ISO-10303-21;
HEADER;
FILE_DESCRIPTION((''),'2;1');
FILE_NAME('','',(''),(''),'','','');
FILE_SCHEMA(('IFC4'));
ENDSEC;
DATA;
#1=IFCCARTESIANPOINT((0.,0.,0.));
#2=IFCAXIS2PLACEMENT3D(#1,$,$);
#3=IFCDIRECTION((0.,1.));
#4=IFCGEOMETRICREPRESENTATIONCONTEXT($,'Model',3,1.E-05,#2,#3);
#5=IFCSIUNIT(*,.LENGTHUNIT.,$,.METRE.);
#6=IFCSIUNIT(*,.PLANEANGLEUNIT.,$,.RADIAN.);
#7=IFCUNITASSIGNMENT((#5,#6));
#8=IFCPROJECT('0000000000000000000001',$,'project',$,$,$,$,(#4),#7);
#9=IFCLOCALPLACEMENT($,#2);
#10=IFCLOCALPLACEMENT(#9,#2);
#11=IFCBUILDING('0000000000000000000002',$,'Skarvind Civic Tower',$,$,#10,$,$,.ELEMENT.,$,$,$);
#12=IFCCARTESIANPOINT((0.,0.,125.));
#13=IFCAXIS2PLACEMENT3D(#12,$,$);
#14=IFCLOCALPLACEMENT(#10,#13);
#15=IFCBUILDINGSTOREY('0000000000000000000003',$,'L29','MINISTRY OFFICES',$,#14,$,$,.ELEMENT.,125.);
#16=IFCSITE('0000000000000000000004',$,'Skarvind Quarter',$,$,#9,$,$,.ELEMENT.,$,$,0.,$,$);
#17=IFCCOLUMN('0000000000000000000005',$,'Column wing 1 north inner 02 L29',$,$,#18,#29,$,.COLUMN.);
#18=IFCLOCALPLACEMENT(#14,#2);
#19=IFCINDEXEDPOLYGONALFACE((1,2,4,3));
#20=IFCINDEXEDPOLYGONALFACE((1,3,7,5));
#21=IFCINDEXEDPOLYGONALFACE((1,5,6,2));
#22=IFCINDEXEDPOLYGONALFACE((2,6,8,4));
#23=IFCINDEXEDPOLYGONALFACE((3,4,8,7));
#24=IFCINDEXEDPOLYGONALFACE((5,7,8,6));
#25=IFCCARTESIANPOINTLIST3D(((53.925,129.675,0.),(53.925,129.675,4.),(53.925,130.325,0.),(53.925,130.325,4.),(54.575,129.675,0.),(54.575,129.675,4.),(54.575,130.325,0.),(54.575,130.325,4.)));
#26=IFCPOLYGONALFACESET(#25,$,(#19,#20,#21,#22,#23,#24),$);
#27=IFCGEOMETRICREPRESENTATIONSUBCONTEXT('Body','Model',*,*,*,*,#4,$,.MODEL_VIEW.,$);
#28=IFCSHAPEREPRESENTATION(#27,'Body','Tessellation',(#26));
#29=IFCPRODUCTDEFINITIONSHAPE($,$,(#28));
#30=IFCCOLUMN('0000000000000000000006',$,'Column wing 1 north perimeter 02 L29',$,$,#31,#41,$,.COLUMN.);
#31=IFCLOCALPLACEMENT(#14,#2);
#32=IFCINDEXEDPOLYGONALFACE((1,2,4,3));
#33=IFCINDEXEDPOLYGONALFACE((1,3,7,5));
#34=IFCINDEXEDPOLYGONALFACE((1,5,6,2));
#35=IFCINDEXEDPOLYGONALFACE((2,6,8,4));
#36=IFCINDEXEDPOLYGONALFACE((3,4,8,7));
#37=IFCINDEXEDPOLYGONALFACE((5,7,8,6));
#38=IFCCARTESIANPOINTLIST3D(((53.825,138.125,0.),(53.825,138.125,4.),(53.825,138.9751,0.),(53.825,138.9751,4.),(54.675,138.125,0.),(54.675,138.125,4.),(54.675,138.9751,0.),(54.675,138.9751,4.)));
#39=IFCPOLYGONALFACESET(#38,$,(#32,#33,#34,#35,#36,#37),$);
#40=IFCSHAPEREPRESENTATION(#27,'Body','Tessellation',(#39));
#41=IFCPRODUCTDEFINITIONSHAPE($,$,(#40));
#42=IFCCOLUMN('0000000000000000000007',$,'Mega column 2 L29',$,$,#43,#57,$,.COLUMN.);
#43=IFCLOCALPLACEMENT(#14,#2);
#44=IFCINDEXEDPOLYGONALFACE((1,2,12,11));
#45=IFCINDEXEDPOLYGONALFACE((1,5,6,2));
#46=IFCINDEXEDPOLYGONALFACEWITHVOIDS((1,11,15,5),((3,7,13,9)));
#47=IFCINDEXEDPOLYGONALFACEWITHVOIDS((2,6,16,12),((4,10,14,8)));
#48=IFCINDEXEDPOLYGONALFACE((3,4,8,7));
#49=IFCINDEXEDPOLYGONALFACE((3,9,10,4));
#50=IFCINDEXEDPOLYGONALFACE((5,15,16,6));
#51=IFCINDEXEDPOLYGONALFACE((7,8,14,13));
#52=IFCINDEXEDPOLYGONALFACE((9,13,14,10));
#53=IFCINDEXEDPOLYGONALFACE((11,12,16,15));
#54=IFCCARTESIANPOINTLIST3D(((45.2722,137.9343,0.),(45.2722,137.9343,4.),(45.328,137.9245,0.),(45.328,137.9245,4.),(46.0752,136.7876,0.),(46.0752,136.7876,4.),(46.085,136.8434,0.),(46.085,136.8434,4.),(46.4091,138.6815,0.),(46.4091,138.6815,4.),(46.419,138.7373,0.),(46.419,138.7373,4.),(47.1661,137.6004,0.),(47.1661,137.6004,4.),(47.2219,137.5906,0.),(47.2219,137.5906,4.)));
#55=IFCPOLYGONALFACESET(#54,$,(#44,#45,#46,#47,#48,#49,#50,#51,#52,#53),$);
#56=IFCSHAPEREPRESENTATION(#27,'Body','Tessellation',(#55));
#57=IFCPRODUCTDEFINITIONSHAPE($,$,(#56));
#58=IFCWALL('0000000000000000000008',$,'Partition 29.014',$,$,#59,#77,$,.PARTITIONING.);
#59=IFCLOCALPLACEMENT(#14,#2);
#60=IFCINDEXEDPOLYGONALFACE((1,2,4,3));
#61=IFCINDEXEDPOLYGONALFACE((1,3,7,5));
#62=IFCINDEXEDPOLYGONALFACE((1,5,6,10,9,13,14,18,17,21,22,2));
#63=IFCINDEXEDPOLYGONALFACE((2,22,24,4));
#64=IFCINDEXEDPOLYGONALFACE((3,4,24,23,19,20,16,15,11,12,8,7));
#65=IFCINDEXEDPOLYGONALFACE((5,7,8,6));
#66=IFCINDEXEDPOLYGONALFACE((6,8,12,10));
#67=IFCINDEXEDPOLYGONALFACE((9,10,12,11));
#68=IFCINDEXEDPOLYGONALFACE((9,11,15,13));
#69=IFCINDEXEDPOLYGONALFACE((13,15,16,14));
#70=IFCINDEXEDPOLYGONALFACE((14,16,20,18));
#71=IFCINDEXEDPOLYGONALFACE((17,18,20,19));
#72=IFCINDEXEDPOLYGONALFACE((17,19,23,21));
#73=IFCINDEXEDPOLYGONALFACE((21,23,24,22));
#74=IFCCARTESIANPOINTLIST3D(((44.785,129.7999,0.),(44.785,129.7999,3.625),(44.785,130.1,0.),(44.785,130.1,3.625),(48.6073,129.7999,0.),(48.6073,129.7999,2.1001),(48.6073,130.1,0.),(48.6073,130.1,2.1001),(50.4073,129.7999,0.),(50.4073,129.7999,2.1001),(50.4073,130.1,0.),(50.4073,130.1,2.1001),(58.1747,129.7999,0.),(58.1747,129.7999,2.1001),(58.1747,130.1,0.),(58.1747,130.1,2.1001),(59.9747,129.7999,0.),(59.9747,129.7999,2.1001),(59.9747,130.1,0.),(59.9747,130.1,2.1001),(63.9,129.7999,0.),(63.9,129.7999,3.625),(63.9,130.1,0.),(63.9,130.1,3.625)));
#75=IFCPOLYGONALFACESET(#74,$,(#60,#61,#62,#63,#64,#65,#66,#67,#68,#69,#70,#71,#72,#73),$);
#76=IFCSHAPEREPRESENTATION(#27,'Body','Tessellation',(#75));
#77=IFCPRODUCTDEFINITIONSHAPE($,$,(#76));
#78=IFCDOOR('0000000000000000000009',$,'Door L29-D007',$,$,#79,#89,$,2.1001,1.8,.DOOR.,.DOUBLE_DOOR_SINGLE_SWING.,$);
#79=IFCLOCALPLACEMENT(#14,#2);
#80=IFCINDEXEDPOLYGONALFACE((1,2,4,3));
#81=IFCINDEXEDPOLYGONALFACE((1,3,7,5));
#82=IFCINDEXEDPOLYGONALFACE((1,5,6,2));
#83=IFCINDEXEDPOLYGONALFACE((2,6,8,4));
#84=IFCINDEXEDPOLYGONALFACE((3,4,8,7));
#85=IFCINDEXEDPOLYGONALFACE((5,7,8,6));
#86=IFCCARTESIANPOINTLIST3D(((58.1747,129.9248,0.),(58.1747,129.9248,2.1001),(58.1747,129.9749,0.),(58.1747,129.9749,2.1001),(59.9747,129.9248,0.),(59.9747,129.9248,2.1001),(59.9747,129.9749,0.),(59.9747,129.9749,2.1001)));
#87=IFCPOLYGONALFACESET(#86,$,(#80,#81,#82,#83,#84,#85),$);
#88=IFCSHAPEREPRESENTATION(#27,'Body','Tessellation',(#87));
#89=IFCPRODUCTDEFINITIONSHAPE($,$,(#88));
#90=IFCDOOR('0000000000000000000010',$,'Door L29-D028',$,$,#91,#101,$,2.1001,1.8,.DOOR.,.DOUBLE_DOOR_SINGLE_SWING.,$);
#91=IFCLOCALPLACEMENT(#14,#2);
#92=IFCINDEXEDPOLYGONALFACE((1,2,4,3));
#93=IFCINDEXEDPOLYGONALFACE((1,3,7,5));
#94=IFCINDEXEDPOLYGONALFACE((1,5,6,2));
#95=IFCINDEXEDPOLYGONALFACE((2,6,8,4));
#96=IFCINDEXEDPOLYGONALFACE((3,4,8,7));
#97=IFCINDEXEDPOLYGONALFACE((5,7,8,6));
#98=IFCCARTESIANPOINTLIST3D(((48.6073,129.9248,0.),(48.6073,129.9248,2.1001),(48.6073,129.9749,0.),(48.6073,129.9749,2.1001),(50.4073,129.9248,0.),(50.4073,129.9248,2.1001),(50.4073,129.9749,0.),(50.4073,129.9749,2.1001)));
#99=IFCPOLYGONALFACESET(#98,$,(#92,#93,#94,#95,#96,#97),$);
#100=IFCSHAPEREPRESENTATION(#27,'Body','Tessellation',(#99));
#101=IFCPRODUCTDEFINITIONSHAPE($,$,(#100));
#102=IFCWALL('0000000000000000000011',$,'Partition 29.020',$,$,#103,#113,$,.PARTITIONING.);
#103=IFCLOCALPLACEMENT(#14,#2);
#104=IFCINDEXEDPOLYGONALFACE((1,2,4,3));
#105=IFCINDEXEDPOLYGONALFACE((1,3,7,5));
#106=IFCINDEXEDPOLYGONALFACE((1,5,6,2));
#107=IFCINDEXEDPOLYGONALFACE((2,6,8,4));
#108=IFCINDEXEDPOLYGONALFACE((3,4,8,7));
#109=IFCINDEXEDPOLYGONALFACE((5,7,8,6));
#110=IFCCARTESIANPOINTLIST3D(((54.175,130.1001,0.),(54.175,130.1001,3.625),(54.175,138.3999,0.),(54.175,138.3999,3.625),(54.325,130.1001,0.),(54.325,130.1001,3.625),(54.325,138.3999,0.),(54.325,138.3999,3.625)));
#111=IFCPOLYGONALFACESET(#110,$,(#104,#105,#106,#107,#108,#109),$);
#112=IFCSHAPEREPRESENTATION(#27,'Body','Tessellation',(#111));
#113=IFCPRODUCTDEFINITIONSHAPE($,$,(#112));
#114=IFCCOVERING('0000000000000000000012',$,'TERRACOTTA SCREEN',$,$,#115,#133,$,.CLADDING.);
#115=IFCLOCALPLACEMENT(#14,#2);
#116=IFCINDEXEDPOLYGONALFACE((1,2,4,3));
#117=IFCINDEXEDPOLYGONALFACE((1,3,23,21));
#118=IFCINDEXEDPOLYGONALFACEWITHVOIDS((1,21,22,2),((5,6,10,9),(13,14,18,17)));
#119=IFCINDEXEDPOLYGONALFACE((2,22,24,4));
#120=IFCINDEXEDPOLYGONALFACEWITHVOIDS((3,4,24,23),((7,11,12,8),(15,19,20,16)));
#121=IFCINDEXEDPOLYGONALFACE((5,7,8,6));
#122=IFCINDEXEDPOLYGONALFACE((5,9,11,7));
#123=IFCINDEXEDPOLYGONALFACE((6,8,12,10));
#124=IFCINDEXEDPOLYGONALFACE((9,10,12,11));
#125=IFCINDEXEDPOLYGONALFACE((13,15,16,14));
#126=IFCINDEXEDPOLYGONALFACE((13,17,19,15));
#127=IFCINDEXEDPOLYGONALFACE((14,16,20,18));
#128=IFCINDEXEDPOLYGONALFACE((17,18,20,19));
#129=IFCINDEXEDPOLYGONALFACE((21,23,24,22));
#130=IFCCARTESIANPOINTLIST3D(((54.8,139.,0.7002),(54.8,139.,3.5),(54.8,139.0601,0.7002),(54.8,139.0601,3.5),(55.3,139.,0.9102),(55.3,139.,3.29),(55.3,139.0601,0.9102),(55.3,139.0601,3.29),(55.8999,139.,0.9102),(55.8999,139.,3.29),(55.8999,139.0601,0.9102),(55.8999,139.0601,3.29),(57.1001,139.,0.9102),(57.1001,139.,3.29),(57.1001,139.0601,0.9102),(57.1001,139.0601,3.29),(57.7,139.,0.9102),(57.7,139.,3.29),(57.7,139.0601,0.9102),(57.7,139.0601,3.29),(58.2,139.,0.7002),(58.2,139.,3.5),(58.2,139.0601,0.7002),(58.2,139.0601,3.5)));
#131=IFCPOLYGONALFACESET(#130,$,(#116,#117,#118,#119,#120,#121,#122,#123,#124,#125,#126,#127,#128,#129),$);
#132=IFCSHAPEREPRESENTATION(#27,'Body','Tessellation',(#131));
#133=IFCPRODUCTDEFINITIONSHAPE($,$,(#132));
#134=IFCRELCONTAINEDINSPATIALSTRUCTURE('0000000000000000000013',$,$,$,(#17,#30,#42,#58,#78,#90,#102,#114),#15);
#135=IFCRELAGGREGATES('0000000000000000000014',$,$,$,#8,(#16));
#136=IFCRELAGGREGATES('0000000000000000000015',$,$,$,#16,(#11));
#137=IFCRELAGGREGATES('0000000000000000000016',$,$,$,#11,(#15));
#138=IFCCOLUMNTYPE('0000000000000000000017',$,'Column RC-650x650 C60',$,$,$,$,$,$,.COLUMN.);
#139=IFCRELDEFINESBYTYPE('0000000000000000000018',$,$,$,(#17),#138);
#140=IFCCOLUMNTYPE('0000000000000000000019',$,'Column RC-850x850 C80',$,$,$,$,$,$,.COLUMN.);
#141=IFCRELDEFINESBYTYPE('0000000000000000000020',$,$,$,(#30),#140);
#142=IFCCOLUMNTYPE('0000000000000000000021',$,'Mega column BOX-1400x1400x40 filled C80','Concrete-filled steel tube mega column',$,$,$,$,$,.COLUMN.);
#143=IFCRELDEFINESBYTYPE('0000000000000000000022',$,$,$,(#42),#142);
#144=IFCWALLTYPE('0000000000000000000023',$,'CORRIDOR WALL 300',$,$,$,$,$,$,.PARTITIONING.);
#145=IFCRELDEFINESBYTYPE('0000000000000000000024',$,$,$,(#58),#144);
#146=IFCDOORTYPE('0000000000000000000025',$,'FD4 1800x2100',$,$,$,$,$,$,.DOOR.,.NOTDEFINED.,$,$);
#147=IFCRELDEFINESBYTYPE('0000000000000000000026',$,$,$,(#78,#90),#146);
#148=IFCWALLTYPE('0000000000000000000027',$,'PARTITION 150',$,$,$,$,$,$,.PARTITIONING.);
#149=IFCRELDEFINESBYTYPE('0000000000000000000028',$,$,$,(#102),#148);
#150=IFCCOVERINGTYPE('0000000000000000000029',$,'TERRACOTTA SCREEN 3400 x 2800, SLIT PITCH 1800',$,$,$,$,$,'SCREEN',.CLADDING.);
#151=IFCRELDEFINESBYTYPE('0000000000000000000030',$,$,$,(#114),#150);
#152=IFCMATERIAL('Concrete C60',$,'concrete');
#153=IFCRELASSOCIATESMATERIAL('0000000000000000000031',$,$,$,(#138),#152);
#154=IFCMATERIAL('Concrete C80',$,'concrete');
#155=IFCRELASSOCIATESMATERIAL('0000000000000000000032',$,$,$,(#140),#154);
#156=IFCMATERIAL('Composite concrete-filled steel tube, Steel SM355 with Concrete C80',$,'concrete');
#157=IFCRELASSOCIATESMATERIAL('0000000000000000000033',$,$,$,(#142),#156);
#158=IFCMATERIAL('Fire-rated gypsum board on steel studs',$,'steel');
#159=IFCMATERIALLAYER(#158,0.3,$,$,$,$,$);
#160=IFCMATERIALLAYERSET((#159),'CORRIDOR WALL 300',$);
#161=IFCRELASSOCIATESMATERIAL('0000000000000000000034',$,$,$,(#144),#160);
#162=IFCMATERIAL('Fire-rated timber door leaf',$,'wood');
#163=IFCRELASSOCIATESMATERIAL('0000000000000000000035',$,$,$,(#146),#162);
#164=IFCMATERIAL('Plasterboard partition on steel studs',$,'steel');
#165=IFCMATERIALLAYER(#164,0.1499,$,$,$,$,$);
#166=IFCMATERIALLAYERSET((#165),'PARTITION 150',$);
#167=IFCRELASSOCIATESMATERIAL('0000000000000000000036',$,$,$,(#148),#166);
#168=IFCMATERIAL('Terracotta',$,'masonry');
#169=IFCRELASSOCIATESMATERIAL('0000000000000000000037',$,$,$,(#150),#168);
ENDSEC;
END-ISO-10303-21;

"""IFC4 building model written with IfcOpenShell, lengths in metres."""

from ifc_helpers import new_model, si_unit, direction, frame, frame_2d, origin, origin_2d, place, context, subcontext, project, spatial, polyline, rectangle, hollow_rectangle, outline, extrude, material, layer, layer_set, material_profile, profile_set, type_object, element, fill, save


model = new_model("IFC4")

# Units and contexts
model_context = context("Model", 3, precision=1e-05, world=origin(), true_north=direction((0.0, 1.0)))
body_context = subcontext(model_context, "Body", "Model", "MODEL_VIEW")
ifc_project = project(units=[si_unit("LENGTHUNIT", "METRE"), si_unit("PLANEANGLEUNIT", "RADIAN")], contexts=[model_context])

# Site, building, storey
site_placement = place(None, origin())
site = spatial("IfcSite", under=ifc_project, at=site_placement, Name="Skarvind Quarter", CompositionType="ELEMENT", RefElevation=0.0)
building_placement = place(site_placement, origin())
building = spatial("IfcBuilding", under=site, at=building_placement, Name="Skarvind Civic Tower", CompositionType="ELEMENT")
storey_placement = place(building_placement, frame((0.0, 0.0, 125.0)))
storey = spatial("IfcBuildingStorey", under=building, at=storey_placement, Name="L29", Description="MINISTRY OFFICES", CompositionType="ELEMENT", Elevation=125.0)

# Columns
ifc_material_1 = material(Name="Concrete C60", Category="concrete")
ifc_material_profile_1 = material_profile(ifc_material_1, rectangle(XDim=0.6499, YDim=0.6499, at=origin_2d()), Name="RC-650x650")
ifc_profile_set_1 = profile_set([ifc_material_profile_1], Name="Concrete C60")
column_type_1 = type_object("IfcColumnType", Name="Column RC-650x650 C60", PredefinedType="COLUMN", material=ifc_profile_set_1)
column_1_placement = place(storey_placement, frame((54.25, 130.0, 0.0), z_axis=(0.0, 0.0, 1.0), x_axis=(1.0, 0.0, 0.0)))
element("IfcColumn", 1, at=column_1_placement, inside=storey, type_object=column_type_1, Name="Column wing 1 north inner 02 L29", PredefinedType="COLUMN", context=body_context, shape_type="SweptSolid", body=[
    extrude(rectangle(XDim=0.6499, YDim=0.6499, at=origin_2d()), origin(), (0.0, 0.0, 1.0), 4.0),
])
ifc_material_2 = material(Name="Concrete C80", Category="concrete")
ifc_material_profile_2 = material_profile(ifc_material_2, rectangle(XDim=0.8501, YDim=0.8501, at=origin_2d()), Name="RC-850x850")
ifc_profile_set_2 = profile_set([ifc_material_profile_2], Name="Concrete C80")
column_type_2 = type_object("IfcColumnType", Name="Column RC-850x850 C80", PredefinedType="COLUMN", material=ifc_profile_set_2)
column_2_placement = place(storey_placement, frame((54.25, 138.55, 0.0), z_axis=(0.0, 0.0, 1.0), x_axis=(1.0, 0.0, 0.0)))
element("IfcColumn", 2, at=column_2_placement, inside=storey, type_object=column_type_2, Name="Column wing 1 north perimeter 02 L29", PredefinedType="COLUMN", context=body_context, shape_type="SweptSolid", body=[
    extrude(rectangle(XDim=0.8501, YDim=0.8501, at=origin_2d()), origin(), (0.0, 0.0, 1.0), 4.0),
])
ifc_material_3 = material(Name="Composite concrete-filled steel tube, Steel SM355 with Concrete C80", Category="concrete")
ifc_material_profile_3 = material_profile(ifc_material_3, hollow_rectangle(XDim=1.3999, YDim=1.3999, WallThickness=0.04, at=origin_2d()), Name="BOX-1400x1400x40")
ifc_profile_set_3 = profile_set([ifc_material_profile_3], Name="Composite concrete-filled steel tube, Steel SM355 with Concrete C80")
column_type_3 = type_object("IfcColumnType", Name="Mega column BOX-1400x1400x40 filled C80", Description="Concrete-filled steel tube mega column", PredefinedType="COLUMN", material=ifc_profile_set_3)
column_3_placement = place(storey_placement, frame((46.2471, 137.7625, 0.0), z_axis=(0.0, 0.0, 1.0), x_axis=(0.573576, -0.819152, 0.0)))
element("IfcColumn", 3, at=column_3_placement, inside=storey, type_object=column_type_3, Name="Mega column 2 L29", PredefinedType="COLUMN", context=body_context, shape_type="SweptSolid", body=[
    extrude(hollow_rectangle(XDim=1.3999, YDim=1.3999, WallThickness=0.04, at=origin_2d()), origin(), (0.0, 0.0, 1.0), 4.0),
])

# Wall, openings, doors
ifc_material_4 = material(Name="Fire-rated gypsum board on steel studs", Category="steel")
ifc_layer_1 = layer(ifc_material_4, 0.3)
ifc_layer_set_1 = layer_set([ifc_layer_1], Name="CORRIDOR WALL 300")
wall_type_1 = type_object("IfcWallType", Name="CORRIDOR WALL 300", PredefinedType="PARTITIONING", material=ifc_layer_set_1)
wall_1_placement = place(storey_placement, frame((44.7849, 129.95, 0.0), z_axis=(0.0, 0.0, 1.0), x_axis=(1.0, 0.0, 0.0)))
wall_1 = element("IfcWall", 4, at=wall_1_placement, inside=storey, type_object=wall_type_1, Name="Partition 29.014", PredefinedType="PARTITIONING", context=body_context, shape_type="SweptSolid", body=[
    extrude(rectangle(XDim=19.115, YDim=0.3, at=frame_2d((9.5576, 0.0))), origin(), (0.0, 0.0, 1.0), 3.625),
])
opening_1_placement = place(wall_1_placement, frame((13.3899, 0.0, 0.0)))
opening_1 = element("IfcOpeningElement", 5, at=opening_1_placement, cuts=wall_1, PredefinedType="OPENING", context=body_context, shape_type="SweptSolid", body=[
    extrude(rectangle(XDim=1.8, YDim=2.1001, at=frame_2d((0.8999, 1.05))), frame((0.0, 0.1599, 0.0), z_axis=(0.0, -1.0, 0.0), x_axis=(1.0, 0.0, 0.0)), (0.0, 0.0, 1.0), 0.3201),
])
opening_2_placement = place(wall_1_placement, frame((3.8225, 0.0, 0.0)))
opening_2 = element("IfcOpeningElement", 6, at=opening_2_placement, cuts=wall_1, PredefinedType="OPENING", context=body_context, shape_type="SweptSolid", body=[
    extrude(rectangle(XDim=1.8, YDim=2.1001, at=frame_2d((0.8999, 1.05))), frame((0.0, 0.1599, 0.0), z_axis=(0.0, -1.0, 0.0), x_axis=(1.0, 0.0, 0.0)), (0.0, 0.0, 1.0), 0.3201),
])
ifc_material_5 = material(Name="Fire-rated timber door leaf", Category="wood")
door_type = type_object("IfcDoorType", Name="FD4 1800x2100", OperationType="NOTDEFINED", PredefinedType="DOOR", material=ifc_material_5)
door_1_placement = place(opening_1_placement, origin())
door_1 = element("IfcDoor", 7, at=door_1_placement, inside=storey, type_object=door_type, Name="Door L29-D007", OperationType="DOUBLE_DOOR_SINGLE_SWING", OverallHeight=2.1001, OverallWidth=1.8, PredefinedType="DOOR", context=body_context, shape_type="SweptSolid", body=[
    extrude(rectangle(XDim=1.8, YDim=2.1001, at=frame_2d((0.8999, 1.05))), frame((0.0, 0.0249, 0.0), z_axis=(0.0, -1.0, 0.0), x_axis=(1.0, 0.0, 0.0)), (0.0, 0.0, 1.0), 0.05),
])
fill(opening_1, door_1)
door_2_placement = place(opening_2_placement, origin())
door_2 = element("IfcDoor", 8, at=door_2_placement, inside=storey, type_object=door_type, Name="Door L29-D028", OperationType="DOUBLE_DOOR_SINGLE_SWING", OverallHeight=2.1001, OverallWidth=1.8, PredefinedType="DOOR", context=body_context, shape_type="SweptSolid", body=[
    extrude(rectangle(XDim=1.8, YDim=2.1001, at=frame_2d((0.8999, 1.05))), frame((0.0, 0.0249, 0.0), z_axis=(0.0, -1.0, 0.0), x_axis=(1.0, 0.0, 0.0)), (0.0, 0.0, 1.0), 0.05),
])
fill(opening_2, door_2)

# Wall
ifc_material_6 = material(Name="Plasterboard partition on steel studs", Category="steel")
ifc_layer_2 = layer(ifc_material_6, 0.1499)
ifc_layer_set_2 = layer_set([ifc_layer_2], Name="PARTITION 150")
wall_type_2 = type_object("IfcWallType", Name="PARTITION 150", PredefinedType="PARTITIONING", material=ifc_layer_set_2)
wall_2_placement = place(storey_placement, frame((54.25, 138.3999, 0.0), z_axis=(0.0, 0.0, 1.0), x_axis=(0.0, -1.0, 0.0)))
element("IfcWall", 9, at=wall_2_placement, inside=storey, type_object=wall_type_2, Name="Partition 29.020", PredefinedType="PARTITIONING", context=body_context, shape_type="SweptSolid", body=[
    extrude(rectangle(XDim=8.2998, YDim=0.1499, at=frame_2d((4.1499, 0.0))), origin(), (0.0, 0.0, 1.0), 3.625),
])

# Covering
ifc_material_7 = material(Name="Terracotta", Category="masonry")
ifc_material_profile_4 = material_profile(ifc_material_7, outline(polyline([(-1.7, -1.3999), (1.7, -1.3999), (1.7, 1.3999), (-1.7, 1.3999), (-1.7, -1.3999)]), holes=[polyline([(-1.2, -1.1899), (-0.6001, -1.1899), (-0.6001, 1.1899), (-1.2, 1.1899), (-1.2, -1.1899)]), polyline([(0.6001, -1.1899), (1.2, -1.1899), (1.2, 1.1899), (0.6001, 1.1899), (0.6001, -1.1899)])]), Name="TERRACOTTA SCREEN 3400 x 2800, SLIT PITCH 1800")
ifc_profile_set_4 = profile_set([ifc_material_profile_4], Name="Terracotta")
covering_type = type_object("IfcCoveringType", Name="TERRACOTTA SCREEN 3400 x 2800, SLIT PITCH 1800", ElementType="SCREEN", PredefinedType="CLADDING", material=ifc_profile_set_4)
covering_placement = place(storey_placement, frame((56.5, 139.0, 2.1001), z_axis=(0.0, 1.0, 0.0), x_axis=(-1.0, 0.0, 0.0)))
element("IfcCovering", 10, at=covering_placement, inside=storey, type_object=covering_type, Name="TERRACOTTA SCREEN", PredefinedType="CLADDING", context=body_context, shape_type="SweptSolid", body=[
    extrude(outline(polyline([(-1.7, -1.3999), (1.7, -1.3999), (1.7, 1.3999), (-1.7, 1.3999), (-1.7, -1.3999)]), holes=[polyline([(-1.2, -1.1899), (-0.6001, -1.1899), (-0.6001, 1.1899), (-1.2, 1.1899), (-1.2, -1.1899)]), polyline([(0.6001, -1.1899), (1.2, -1.1899), (1.2, 1.1899), (0.6001, 1.1899), (0.6001, -1.1899)])]), origin(), (0.0, 0.0, 1.0), 0.0601),
])

save(model, "model.ifc")
